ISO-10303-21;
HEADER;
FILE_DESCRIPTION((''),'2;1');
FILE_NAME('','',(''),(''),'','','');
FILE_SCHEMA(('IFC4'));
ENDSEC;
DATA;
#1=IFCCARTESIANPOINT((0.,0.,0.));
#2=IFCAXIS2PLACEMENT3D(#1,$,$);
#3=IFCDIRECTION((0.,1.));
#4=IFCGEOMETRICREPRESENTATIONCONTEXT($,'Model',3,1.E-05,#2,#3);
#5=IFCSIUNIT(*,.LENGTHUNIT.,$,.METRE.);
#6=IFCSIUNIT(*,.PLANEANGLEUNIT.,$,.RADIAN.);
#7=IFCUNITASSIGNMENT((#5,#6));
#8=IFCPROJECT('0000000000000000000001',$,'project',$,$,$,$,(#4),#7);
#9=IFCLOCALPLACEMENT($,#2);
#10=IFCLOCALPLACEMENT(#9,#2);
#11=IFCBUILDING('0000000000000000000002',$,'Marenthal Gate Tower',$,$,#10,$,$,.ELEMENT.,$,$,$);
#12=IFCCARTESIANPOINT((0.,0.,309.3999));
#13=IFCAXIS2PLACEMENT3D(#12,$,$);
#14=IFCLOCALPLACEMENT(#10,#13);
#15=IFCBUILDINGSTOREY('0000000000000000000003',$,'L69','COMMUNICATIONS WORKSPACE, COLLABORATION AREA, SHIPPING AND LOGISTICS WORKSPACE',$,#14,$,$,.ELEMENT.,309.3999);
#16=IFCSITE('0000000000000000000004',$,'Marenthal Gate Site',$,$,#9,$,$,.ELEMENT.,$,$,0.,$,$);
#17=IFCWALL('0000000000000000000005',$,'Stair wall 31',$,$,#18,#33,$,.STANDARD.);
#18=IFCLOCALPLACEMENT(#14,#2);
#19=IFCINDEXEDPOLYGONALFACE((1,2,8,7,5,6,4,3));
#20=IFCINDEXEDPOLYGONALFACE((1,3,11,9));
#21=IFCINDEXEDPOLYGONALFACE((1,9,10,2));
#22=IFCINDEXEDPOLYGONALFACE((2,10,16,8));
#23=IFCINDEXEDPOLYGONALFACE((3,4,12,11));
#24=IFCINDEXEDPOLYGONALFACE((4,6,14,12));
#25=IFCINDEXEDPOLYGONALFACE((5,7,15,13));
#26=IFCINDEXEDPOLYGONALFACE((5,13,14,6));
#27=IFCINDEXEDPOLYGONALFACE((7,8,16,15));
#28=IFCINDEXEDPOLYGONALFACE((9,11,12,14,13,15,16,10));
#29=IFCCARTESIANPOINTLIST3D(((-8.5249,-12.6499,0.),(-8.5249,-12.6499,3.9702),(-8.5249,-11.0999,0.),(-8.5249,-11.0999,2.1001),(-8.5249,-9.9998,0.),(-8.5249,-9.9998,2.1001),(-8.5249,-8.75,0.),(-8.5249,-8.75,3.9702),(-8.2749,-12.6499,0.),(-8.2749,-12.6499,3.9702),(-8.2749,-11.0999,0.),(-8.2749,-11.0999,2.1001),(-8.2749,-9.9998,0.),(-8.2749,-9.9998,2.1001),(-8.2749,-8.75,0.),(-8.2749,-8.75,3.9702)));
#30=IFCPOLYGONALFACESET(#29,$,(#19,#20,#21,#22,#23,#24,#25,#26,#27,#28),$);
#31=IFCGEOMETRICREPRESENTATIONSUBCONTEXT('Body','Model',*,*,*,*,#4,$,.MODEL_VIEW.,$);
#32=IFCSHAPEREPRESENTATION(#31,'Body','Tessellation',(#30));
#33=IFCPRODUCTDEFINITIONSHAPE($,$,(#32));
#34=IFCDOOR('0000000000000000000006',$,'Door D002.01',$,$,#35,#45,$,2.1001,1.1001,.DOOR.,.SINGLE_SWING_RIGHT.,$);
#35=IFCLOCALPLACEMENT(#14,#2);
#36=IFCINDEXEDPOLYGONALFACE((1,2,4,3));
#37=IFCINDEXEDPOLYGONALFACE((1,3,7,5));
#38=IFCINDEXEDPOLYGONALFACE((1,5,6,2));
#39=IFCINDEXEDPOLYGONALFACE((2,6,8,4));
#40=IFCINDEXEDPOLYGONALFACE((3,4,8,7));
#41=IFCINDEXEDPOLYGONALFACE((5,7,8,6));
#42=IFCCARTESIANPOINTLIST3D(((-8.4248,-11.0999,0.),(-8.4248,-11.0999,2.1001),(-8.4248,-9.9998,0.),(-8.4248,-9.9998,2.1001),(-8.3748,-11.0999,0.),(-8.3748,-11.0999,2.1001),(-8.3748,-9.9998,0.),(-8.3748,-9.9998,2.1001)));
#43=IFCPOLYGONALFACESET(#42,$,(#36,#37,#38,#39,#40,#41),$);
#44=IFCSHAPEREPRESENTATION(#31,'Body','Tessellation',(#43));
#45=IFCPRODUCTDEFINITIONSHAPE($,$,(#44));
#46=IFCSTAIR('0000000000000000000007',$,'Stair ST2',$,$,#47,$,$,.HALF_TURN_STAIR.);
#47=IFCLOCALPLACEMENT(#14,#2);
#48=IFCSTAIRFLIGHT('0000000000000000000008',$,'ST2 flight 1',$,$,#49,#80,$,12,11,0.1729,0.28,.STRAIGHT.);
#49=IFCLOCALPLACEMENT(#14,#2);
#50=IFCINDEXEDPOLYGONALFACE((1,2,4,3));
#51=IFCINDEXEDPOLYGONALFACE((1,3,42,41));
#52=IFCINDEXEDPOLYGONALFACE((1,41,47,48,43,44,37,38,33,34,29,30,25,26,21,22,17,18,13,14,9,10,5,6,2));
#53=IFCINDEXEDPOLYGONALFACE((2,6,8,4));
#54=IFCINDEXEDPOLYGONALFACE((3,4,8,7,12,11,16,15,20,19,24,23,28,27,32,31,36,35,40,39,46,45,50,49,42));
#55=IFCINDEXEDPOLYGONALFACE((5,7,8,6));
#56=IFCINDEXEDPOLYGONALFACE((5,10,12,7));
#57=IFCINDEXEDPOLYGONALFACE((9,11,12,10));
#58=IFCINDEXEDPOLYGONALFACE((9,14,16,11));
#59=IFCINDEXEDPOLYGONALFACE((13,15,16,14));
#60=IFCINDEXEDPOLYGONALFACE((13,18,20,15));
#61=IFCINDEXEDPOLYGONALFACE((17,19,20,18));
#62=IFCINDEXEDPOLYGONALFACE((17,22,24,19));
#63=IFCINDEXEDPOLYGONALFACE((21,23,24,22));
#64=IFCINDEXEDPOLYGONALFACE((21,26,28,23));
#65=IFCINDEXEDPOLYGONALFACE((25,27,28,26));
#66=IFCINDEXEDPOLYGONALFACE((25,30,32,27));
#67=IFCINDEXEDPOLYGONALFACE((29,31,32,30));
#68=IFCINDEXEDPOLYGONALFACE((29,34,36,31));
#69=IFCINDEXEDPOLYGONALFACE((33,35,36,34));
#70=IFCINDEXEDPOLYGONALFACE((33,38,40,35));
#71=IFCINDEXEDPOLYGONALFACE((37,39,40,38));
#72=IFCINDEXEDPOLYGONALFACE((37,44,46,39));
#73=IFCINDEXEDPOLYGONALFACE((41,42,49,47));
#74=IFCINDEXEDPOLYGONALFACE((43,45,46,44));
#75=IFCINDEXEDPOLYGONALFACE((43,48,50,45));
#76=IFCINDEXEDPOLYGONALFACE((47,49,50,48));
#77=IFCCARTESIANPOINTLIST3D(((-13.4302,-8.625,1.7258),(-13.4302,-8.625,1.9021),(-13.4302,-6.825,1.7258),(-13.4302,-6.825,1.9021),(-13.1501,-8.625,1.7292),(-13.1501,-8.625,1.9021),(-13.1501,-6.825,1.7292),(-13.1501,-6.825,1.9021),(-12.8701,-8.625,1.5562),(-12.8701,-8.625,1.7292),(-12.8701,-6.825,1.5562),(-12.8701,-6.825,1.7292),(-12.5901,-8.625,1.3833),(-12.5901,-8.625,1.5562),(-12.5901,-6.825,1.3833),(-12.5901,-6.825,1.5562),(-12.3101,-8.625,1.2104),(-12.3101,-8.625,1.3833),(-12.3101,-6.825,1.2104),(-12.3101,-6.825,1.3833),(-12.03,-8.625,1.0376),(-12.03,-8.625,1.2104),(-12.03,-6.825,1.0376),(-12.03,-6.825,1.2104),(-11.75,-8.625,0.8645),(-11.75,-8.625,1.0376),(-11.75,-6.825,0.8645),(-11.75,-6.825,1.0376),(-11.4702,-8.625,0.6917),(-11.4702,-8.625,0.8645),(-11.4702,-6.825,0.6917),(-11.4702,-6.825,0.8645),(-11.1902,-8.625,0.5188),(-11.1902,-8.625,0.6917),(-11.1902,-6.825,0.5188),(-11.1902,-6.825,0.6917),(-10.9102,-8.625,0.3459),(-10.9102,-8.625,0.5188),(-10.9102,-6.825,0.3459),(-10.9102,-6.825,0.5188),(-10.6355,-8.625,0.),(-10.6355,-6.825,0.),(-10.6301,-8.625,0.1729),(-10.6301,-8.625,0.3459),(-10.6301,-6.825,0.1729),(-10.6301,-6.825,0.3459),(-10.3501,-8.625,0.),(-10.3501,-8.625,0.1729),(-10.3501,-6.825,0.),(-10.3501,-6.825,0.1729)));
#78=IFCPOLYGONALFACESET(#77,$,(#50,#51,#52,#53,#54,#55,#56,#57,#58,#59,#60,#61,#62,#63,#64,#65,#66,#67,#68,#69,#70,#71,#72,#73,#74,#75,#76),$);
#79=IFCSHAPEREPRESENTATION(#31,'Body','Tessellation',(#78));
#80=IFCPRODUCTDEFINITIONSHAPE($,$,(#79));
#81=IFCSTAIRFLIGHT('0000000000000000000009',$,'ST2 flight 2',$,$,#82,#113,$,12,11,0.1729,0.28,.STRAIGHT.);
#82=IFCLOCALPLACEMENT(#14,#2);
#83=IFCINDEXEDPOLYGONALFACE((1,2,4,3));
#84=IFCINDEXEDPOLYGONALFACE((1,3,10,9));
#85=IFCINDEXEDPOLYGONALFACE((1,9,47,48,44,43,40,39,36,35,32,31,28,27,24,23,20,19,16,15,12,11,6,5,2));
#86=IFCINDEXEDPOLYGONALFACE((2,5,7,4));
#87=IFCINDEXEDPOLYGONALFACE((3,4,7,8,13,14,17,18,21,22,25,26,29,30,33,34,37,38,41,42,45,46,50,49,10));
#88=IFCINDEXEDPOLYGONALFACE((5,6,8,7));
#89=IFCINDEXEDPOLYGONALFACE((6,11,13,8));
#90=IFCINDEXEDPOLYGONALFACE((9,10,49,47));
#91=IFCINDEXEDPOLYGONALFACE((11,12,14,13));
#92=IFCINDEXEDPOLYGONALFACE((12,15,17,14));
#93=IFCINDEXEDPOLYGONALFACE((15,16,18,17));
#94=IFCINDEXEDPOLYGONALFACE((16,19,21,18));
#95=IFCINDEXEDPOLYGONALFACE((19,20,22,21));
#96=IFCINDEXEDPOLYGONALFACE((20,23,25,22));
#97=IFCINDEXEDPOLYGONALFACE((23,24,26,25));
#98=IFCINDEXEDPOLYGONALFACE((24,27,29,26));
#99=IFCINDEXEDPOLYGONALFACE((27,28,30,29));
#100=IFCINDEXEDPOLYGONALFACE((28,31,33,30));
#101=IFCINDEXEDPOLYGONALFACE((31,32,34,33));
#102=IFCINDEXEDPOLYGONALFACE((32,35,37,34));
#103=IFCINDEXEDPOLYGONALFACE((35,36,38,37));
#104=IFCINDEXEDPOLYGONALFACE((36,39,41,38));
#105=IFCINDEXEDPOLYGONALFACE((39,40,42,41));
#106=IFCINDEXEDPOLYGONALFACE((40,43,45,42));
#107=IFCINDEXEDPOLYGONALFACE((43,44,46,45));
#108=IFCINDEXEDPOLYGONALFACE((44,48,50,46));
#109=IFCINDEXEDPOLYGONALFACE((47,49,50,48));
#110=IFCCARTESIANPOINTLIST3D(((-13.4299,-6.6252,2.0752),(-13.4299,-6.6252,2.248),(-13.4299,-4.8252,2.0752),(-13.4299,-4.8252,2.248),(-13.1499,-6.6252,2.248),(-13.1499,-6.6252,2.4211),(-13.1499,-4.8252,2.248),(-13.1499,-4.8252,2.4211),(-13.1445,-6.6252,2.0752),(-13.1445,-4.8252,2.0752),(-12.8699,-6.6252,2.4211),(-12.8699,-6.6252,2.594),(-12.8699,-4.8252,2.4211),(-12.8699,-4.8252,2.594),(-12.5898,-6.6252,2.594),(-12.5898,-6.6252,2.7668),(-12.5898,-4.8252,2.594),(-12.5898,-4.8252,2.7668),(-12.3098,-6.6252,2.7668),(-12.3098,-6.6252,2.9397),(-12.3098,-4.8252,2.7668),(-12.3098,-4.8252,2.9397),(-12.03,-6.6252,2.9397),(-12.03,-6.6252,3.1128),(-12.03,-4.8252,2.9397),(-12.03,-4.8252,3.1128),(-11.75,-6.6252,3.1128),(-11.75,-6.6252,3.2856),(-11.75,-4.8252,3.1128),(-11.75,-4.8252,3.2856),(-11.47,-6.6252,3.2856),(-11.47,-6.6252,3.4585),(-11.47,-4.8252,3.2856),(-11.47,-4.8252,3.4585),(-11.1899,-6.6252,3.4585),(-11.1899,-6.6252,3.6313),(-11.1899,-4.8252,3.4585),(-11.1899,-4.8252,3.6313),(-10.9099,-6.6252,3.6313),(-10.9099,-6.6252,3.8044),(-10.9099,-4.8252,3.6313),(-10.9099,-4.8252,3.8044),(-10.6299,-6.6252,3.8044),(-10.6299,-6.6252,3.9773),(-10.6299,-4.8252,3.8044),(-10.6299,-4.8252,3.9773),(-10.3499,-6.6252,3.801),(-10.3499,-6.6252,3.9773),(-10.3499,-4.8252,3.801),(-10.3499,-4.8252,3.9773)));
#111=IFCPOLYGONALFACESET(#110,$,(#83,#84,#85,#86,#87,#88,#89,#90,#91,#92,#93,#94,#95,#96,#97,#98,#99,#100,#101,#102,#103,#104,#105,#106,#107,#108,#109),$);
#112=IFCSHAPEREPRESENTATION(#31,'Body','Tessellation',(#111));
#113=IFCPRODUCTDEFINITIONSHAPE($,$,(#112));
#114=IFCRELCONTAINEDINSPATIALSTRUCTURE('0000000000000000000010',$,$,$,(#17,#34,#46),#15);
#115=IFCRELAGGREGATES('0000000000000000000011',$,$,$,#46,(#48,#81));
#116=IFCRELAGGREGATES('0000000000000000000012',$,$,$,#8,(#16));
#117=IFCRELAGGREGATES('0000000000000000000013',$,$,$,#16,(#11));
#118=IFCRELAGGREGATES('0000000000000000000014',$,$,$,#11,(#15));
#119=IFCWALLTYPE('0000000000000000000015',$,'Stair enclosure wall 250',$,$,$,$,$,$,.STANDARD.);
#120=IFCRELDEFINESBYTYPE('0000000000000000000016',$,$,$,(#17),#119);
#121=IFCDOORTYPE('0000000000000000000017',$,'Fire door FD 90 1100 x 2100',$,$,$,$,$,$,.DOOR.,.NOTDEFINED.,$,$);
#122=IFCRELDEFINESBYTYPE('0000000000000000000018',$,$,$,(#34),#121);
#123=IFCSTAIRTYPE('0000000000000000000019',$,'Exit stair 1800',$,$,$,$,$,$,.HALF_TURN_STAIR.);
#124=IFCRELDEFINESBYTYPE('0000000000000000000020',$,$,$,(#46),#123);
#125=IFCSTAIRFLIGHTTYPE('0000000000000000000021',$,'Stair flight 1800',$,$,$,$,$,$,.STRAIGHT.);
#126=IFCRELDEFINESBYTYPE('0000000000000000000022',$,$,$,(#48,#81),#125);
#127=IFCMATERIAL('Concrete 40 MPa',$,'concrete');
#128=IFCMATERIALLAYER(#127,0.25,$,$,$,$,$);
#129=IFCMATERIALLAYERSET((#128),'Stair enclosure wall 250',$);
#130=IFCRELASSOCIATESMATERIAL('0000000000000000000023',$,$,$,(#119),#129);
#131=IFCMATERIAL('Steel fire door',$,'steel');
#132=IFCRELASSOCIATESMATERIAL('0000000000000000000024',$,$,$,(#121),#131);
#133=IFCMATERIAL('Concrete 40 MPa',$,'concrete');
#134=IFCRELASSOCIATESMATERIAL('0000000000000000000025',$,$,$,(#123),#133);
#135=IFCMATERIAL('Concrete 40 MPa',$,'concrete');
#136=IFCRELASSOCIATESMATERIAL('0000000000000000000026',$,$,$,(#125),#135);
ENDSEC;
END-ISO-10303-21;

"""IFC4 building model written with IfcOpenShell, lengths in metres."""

from ifc_helpers import new_model, si_unit, direction, frame, frame_2d, origin, place, context, subcontext, project, spatial, polyline, rectangle, outline, extrude, material, layer, layer_set, type_object, element, fill, aggregate, save


model = new_model("IFC4")

# Units and contexts
model_context = context("Model", 3, precision=1e-05, world=origin(), true_north=direction((0.0, 1.0)))
body_context = subcontext(model_context, "Body", "Model", "MODEL_VIEW")
ifc_project = project(units=[si_unit("LENGTHUNIT", "METRE"), si_unit("PLANEANGLEUNIT", "RADIAN")], contexts=[model_context])

# Site, building, storey
site_placement = place(None, origin())
site = spatial("IfcSite", under=ifc_project, at=site_placement, Name="Marenthal Gate Site", CompositionType="ELEMENT", RefElevation=0.0)
building_placement = place(site_placement, origin())
building = spatial("IfcBuilding", under=site, at=building_placement, Name="Marenthal Gate Tower", CompositionType="ELEMENT")
storey_placement = place(building_placement, frame((0.0, 0.0, 309.3999)))
storey = spatial("IfcBuildingStorey", under=building, at=storey_placement, Name="L69", Description="COMMUNICATIONS WORKSPACE, COLLABORATION AREA, SHIPPING AND LOGISTICS WORKSPACE", CompositionType="ELEMENT", Elevation=309.3999)

# Shared definitions
ifc_material_1 = material(Name="Concrete 40 MPa", Category="concrete")
ifc_layer_1 = layer(ifc_material_1, 0.25)
ifc_layer_set_1 = layer_set([ifc_layer_1], Name="Stair enclosure wall 250")
wall_type_1 = type_object("IfcWallType", Name="Stair enclosure wall 250", PredefinedType="STANDARD", material=ifc_layer_set_1)

# Wall, opening, door
wall_1_placement = place(storey_placement, frame((-8.3999, -12.6499, 0.0), z_axis=(0.0, 0.0, 1.0), x_axis=(0.0, 1.0, 0.0)))
wall_1 = element("IfcWall", 1, at=wall_1_placement, inside=storey, type_object=wall_type_1, Name="Stair wall 31", PredefinedType="STANDARD", context=body_context, shape_type="SweptSolid", body=[
    extrude(rectangle(XDim=3.8999, YDim=0.25, at=frame_2d((1.95, 0.0))), origin(), (0.0, 0.0, 1.0), 3.9702),
])
opening_1_placement = place(wall_1_placement, frame((1.55, 0.0, 0.0)))
opening_1 = element("IfcOpeningElement", 2, at=opening_1_placement, cuts=wall_1, PredefinedType="OPENING", context=body_context, shape_type="SweptSolid", body=[
    extrude(rectangle(XDim=1.1001, YDim=2.1001, at=frame_2d((0.55, 1.05))), frame((0.0, 0.135, 0.0), z_axis=(0.0, -1.0, 0.0), x_axis=(1.0, 0.0, 0.0)), (0.0, 0.0, 1.0), 0.27),
])
ifc_material_2 = material(Name="Steel fire door", Category="steel")
door_type_1 = type_object("IfcDoorType", Name="Fire door FD 90 1100 x 2100", OperationType="NOTDEFINED", PredefinedType="DOOR", material=ifc_material_2)
door_1_placement = place(opening_1_placement, origin())
door_1 = element("IfcDoor", 3, at=door_1_placement, inside=storey, type_object=door_type_1, Name="Door D002.01", OperationType="SINGLE_SWING_RIGHT", OverallHeight=2.1001, OverallWidth=1.1001, PredefinedType="DOOR", context=body_context, shape_type="SweptSolid", body=[
    extrude(rectangle(XDim=1.1001, YDim=2.1001, at=frame_2d((0.55, 1.05))), frame((0.0, 0.0249, 0.0), z_axis=(0.0, -1.0, 0.0), x_axis=(1.0, 0.0, 0.0)), (0.0, 0.0, 1.0), 0.05),
])
fill(opening_1, door_1)

# Stair, stair flights
ifc_material_3 = material(Name="Concrete 40 MPa", Category="concrete")
stair_type = type_object("IfcStairType", Name="Exit stair 1800", PredefinedType="HALF_TURN_STAIR", material=ifc_material_3)
stair_placement = place(storey_placement, origin())
stair = element("IfcStair", 4, at=stair_placement, inside=storey, type_object=stair_type, Name="Stair ST2", PredefinedType="HALF_TURN_STAIR")
ifc_material_4 = material(Name="Concrete 40 MPa", Category="concrete")
stair_flight_type = type_object("IfcStairFlightType", Name="Stair flight 1800", PredefinedType="STRAIGHT", material=ifc_material_4)
stair_flight_1_placement = place(storey_placement, frame((-10.3501, -7.7251, 0.0), z_axis=(0.0, 0.0, 1.0), x_axis=(-1.0, 0.0, 0.0)))
stair_flight_1 = element("IfcStairFlight", 5, at=stair_flight_1_placement, type_object=stair_flight_type, Name="ST2 flight 1", NumberOfRisers=12, NumberOfTreads=11, PredefinedType="STRAIGHT", RiserHeight=0.1729, TreadLength=0.28, context=body_context, shape_type="SweptSolid", body=[
    extrude(outline(polyline([(0.0, 0.0), (0.0, 0.1729), (0.28, 0.1729), (0.28, 0.3459), (0.5601, 0.3459), (0.5601, 0.5188), (0.8401, 0.5188), (0.8401, 0.6917), (1.1201, 0.6917), (1.1201, 0.8645), (1.3999, 0.8645), (1.3999, 1.0376), (1.6799, 1.0376), (1.6799, 1.2104), (1.96, 1.2104), (1.96, 1.3833), (2.24, 1.3833), (2.24, 1.5562), (2.52, 1.5562), (2.52, 1.7292), (2.8, 1.7292), (2.8, 1.9021), (3.0801, 1.9021), (3.0801, 2.075), (3.0801, 1.7258), (0.2854, 0.0), (0.0, 0.0)])), frame((0.0, 0.8999, 0.0), z_axis=(0.0, -1.0, 0.0), x_axis=(1.0, 0.0, 0.0)), (0.0, 0.0, 1.0), 1.8),
])
stair_flight_2_placement = place(storey_placement, frame((-13.4299, -5.7251, 2.0752), z_axis=(0.0, 0.0, 1.0), x_axis=(1.0, 0.0, 0.0)))
stair_flight_2 = element("IfcStairFlight", 6, at=stair_flight_2_placement, type_object=stair_flight_type, Name="ST2 flight 2", NumberOfRisers=12, NumberOfTreads=11, PredefinedType="STRAIGHT", RiserHeight=0.1729, TreadLength=0.28, context=body_context, shape_type="SweptSolid", body=[
    extrude(outline(polyline([(0.0, 0.0), (0.0, 0.1729), (0.28, 0.1729), (0.28, 0.3459), (0.5601, 0.3459), (0.5601, 0.5188), (0.8401, 0.5188), (0.8401, 0.6917), (1.1201, 0.6917), (1.1201, 0.8645), (1.3999, 0.8645), (1.3999, 1.0376), (1.6799, 1.0376), (1.6799, 1.2104), (1.96, 1.2104), (1.96, 1.3833), (2.24, 1.3833), (2.24, 1.5562), (2.52, 1.5562), (2.52, 1.7292), (2.8, 1.7292), (2.8, 1.9021), (3.0801, 1.9021), (3.0801, 2.075), (3.0801, 1.7258), (0.2854, 0.0), (0.0, 0.0)])), frame((0.0, 0.8999, 0.0), z_axis=(0.0, -1.0, 0.0), x_axis=(1.0, 0.0, 0.0)), (0.0, 0.0, 1.0), 1.8),
])
aggregate(stair, [stair_flight_1, stair_flight_2])

save(model, "model.ifc")
